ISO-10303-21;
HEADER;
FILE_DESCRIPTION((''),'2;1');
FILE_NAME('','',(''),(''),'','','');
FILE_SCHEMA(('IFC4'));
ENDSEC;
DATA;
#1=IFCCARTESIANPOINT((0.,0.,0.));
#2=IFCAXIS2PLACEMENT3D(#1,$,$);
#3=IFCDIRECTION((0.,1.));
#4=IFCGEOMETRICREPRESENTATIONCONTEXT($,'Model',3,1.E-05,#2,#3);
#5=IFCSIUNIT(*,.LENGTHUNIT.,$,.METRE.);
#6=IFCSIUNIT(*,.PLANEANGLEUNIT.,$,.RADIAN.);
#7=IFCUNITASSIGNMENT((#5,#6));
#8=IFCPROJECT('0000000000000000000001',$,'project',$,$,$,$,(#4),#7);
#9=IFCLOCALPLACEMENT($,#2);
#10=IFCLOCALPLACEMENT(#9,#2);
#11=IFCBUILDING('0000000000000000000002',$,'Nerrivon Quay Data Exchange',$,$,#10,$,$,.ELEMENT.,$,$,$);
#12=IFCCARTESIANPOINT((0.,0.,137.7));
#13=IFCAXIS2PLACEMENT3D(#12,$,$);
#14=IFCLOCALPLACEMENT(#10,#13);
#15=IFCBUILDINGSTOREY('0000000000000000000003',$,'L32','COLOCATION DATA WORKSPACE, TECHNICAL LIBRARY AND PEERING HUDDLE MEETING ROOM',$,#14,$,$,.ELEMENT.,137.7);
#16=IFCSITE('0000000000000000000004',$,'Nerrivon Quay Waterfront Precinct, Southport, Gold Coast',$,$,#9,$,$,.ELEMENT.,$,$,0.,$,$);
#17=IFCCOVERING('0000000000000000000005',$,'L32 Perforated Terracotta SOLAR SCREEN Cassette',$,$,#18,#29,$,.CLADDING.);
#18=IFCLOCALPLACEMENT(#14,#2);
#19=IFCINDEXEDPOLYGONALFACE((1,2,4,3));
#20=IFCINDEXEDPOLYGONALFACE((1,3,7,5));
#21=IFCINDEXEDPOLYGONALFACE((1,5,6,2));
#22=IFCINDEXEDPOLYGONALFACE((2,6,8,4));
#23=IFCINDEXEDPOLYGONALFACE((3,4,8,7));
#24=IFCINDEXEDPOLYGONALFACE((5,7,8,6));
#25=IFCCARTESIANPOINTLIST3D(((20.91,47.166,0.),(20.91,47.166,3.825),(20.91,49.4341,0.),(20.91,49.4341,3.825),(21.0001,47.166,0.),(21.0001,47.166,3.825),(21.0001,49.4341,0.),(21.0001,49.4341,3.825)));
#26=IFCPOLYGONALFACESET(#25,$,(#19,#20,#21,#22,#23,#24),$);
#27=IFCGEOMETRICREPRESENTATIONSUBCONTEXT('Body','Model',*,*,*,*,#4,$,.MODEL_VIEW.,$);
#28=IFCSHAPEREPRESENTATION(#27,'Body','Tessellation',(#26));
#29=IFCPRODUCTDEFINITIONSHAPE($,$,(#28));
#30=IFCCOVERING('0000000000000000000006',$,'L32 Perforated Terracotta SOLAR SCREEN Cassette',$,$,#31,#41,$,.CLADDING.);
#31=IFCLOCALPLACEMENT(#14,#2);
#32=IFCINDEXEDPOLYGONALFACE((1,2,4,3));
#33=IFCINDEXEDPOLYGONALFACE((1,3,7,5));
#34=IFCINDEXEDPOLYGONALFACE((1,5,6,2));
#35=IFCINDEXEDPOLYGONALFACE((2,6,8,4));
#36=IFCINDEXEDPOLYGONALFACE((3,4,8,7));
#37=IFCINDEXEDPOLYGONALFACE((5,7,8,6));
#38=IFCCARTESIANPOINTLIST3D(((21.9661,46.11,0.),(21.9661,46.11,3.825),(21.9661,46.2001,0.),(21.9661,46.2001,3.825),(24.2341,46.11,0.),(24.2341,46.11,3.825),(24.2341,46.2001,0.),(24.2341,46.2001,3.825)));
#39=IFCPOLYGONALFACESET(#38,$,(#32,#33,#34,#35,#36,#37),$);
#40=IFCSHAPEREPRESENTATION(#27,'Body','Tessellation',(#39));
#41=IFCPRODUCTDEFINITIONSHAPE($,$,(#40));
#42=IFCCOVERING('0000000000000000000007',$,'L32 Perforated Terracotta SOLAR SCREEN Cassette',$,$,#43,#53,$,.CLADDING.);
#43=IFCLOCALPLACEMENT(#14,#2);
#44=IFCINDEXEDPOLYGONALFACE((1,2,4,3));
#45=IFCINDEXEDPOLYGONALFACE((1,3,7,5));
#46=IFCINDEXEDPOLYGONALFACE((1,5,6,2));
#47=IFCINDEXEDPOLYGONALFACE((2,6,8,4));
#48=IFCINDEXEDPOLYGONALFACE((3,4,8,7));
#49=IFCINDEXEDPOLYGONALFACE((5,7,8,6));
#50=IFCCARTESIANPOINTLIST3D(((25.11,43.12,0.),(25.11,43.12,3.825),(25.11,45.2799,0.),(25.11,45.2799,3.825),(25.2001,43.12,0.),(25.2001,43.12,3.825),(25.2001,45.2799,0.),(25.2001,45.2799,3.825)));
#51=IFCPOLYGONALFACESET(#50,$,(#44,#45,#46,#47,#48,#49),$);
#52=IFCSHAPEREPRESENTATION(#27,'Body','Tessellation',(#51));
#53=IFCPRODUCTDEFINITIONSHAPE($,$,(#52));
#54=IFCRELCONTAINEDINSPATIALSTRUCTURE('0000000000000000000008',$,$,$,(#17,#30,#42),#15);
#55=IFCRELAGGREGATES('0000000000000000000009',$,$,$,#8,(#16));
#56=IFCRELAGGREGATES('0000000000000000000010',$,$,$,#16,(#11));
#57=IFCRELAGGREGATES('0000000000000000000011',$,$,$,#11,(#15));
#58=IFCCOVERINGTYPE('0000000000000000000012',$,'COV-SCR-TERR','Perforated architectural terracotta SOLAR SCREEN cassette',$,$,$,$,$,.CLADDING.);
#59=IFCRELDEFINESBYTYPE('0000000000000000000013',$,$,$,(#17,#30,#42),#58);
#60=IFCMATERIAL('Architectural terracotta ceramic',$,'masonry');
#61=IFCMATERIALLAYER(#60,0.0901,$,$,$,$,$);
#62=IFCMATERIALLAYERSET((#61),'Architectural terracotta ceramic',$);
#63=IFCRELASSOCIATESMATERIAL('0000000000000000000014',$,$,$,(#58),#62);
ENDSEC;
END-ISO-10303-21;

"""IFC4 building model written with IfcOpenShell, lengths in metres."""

from ifc_helpers import new_model, si_unit, direction, frame, origin, origin_2d, place, context, subcontext, project, spatial, rectangle, extrude, material, layer, layer_set, type_object, element, save


model = new_model("IFC4")

# Units and contexts
model_context = context("Model", 3, precision=1e-05, world=origin(), true_north=direction((0.0, 1.0)))
body_context = subcontext(model_context, "Body", "Model", "MODEL_VIEW")
ifc_project = project(units=[si_unit("LENGTHUNIT", "METRE"), si_unit("PLANEANGLEUNIT", "RADIAN")], contexts=[model_context])

# Site, building, storey
site_placement = place(None, origin())
site = spatial("IfcSite", under=ifc_project, at=site_placement, Name="Nerrivon Quay Waterfront Precinct, Southport, Gold Coast", CompositionType="ELEMENT", RefElevation=0.0)
building_placement = place(site_placement, origin())
building = spatial("IfcBuilding", under=site, at=building_placement, Name="Nerrivon Quay Data Exchange", CompositionType="ELEMENT")
storey_placement = place(building_placement, frame((0.0, 0.0, 137.7)))
storey = spatial("IfcBuildingStorey", under=building, at=storey_placement, Name="L32", Description="COLOCATION DATA WORKSPACE, TECHNICAL LIBRARY AND PEERING HUDDLE MEETING ROOM", CompositionType="ELEMENT", Elevation=137.7)

# Coverings
ifc_material_1 = material(Name="Architectural terracotta ceramic", Category="masonry")
ifc_layer_1 = layer(ifc_material_1, 0.0901)
ifc_layer_set_1 = layer_set([ifc_layer_1], Name="Architectural terracotta ceramic")
covering_type = type_object("IfcCoveringType", Name="COV-SCR-TERR", Description="Perforated architectural terracotta SOLAR SCREEN cassette", PredefinedType="CLADDING", material=ifc_layer_set_1)
for number, where, z_axis, x_axis, name in (
    (1, (20.9551, 48.3, 0.0), (0.0, 0.0, 1.0), (0.0, -1.0, 0.0), "L32 Perforated Terracotta SOLAR SCREEN Cassette"),
    (2, (23.1001, 46.155, 0.0), (0.0, 0.0, 1.0), (1.0, 0.0, 0.0), "L32 Perforated Terracotta SOLAR SCREEN Cassette"),
):
    element("IfcCovering", number, at=place(storey_placement, frame(where, z_axis=z_axis, x_axis=x_axis)), inside=storey, type_object=covering_type, Name=name, PredefinedType="CLADDING", context=body_context, shape_type="SweptSolid", body=[
        extrude(rectangle(XDim=2.2681, YDim=0.0901, at=origin_2d()), origin(), (0.0, 0.0, 1.0), 3.825),
    ])
covering_1_placement = place(storey_placement, frame((25.155, 44.2, 0.0), z_axis=(0.0, 0.0, 1.0), x_axis=(0.0, -1.0, 0.0)))
element("IfcCovering", 3, at=covering_1_placement, inside=storey, type_object=covering_type, Name="L32 Perforated Terracotta SOLAR SCREEN Cassette", PredefinedType="CLADDING", context=body_context, shape_type="SweptSolid", body=[
    extrude(rectangle(XDim=2.1599, YDim=0.0901, at=origin_2d()), origin(), (0.0, 0.0, 1.0), 3.825),
])

save(model, "model.ifc")
